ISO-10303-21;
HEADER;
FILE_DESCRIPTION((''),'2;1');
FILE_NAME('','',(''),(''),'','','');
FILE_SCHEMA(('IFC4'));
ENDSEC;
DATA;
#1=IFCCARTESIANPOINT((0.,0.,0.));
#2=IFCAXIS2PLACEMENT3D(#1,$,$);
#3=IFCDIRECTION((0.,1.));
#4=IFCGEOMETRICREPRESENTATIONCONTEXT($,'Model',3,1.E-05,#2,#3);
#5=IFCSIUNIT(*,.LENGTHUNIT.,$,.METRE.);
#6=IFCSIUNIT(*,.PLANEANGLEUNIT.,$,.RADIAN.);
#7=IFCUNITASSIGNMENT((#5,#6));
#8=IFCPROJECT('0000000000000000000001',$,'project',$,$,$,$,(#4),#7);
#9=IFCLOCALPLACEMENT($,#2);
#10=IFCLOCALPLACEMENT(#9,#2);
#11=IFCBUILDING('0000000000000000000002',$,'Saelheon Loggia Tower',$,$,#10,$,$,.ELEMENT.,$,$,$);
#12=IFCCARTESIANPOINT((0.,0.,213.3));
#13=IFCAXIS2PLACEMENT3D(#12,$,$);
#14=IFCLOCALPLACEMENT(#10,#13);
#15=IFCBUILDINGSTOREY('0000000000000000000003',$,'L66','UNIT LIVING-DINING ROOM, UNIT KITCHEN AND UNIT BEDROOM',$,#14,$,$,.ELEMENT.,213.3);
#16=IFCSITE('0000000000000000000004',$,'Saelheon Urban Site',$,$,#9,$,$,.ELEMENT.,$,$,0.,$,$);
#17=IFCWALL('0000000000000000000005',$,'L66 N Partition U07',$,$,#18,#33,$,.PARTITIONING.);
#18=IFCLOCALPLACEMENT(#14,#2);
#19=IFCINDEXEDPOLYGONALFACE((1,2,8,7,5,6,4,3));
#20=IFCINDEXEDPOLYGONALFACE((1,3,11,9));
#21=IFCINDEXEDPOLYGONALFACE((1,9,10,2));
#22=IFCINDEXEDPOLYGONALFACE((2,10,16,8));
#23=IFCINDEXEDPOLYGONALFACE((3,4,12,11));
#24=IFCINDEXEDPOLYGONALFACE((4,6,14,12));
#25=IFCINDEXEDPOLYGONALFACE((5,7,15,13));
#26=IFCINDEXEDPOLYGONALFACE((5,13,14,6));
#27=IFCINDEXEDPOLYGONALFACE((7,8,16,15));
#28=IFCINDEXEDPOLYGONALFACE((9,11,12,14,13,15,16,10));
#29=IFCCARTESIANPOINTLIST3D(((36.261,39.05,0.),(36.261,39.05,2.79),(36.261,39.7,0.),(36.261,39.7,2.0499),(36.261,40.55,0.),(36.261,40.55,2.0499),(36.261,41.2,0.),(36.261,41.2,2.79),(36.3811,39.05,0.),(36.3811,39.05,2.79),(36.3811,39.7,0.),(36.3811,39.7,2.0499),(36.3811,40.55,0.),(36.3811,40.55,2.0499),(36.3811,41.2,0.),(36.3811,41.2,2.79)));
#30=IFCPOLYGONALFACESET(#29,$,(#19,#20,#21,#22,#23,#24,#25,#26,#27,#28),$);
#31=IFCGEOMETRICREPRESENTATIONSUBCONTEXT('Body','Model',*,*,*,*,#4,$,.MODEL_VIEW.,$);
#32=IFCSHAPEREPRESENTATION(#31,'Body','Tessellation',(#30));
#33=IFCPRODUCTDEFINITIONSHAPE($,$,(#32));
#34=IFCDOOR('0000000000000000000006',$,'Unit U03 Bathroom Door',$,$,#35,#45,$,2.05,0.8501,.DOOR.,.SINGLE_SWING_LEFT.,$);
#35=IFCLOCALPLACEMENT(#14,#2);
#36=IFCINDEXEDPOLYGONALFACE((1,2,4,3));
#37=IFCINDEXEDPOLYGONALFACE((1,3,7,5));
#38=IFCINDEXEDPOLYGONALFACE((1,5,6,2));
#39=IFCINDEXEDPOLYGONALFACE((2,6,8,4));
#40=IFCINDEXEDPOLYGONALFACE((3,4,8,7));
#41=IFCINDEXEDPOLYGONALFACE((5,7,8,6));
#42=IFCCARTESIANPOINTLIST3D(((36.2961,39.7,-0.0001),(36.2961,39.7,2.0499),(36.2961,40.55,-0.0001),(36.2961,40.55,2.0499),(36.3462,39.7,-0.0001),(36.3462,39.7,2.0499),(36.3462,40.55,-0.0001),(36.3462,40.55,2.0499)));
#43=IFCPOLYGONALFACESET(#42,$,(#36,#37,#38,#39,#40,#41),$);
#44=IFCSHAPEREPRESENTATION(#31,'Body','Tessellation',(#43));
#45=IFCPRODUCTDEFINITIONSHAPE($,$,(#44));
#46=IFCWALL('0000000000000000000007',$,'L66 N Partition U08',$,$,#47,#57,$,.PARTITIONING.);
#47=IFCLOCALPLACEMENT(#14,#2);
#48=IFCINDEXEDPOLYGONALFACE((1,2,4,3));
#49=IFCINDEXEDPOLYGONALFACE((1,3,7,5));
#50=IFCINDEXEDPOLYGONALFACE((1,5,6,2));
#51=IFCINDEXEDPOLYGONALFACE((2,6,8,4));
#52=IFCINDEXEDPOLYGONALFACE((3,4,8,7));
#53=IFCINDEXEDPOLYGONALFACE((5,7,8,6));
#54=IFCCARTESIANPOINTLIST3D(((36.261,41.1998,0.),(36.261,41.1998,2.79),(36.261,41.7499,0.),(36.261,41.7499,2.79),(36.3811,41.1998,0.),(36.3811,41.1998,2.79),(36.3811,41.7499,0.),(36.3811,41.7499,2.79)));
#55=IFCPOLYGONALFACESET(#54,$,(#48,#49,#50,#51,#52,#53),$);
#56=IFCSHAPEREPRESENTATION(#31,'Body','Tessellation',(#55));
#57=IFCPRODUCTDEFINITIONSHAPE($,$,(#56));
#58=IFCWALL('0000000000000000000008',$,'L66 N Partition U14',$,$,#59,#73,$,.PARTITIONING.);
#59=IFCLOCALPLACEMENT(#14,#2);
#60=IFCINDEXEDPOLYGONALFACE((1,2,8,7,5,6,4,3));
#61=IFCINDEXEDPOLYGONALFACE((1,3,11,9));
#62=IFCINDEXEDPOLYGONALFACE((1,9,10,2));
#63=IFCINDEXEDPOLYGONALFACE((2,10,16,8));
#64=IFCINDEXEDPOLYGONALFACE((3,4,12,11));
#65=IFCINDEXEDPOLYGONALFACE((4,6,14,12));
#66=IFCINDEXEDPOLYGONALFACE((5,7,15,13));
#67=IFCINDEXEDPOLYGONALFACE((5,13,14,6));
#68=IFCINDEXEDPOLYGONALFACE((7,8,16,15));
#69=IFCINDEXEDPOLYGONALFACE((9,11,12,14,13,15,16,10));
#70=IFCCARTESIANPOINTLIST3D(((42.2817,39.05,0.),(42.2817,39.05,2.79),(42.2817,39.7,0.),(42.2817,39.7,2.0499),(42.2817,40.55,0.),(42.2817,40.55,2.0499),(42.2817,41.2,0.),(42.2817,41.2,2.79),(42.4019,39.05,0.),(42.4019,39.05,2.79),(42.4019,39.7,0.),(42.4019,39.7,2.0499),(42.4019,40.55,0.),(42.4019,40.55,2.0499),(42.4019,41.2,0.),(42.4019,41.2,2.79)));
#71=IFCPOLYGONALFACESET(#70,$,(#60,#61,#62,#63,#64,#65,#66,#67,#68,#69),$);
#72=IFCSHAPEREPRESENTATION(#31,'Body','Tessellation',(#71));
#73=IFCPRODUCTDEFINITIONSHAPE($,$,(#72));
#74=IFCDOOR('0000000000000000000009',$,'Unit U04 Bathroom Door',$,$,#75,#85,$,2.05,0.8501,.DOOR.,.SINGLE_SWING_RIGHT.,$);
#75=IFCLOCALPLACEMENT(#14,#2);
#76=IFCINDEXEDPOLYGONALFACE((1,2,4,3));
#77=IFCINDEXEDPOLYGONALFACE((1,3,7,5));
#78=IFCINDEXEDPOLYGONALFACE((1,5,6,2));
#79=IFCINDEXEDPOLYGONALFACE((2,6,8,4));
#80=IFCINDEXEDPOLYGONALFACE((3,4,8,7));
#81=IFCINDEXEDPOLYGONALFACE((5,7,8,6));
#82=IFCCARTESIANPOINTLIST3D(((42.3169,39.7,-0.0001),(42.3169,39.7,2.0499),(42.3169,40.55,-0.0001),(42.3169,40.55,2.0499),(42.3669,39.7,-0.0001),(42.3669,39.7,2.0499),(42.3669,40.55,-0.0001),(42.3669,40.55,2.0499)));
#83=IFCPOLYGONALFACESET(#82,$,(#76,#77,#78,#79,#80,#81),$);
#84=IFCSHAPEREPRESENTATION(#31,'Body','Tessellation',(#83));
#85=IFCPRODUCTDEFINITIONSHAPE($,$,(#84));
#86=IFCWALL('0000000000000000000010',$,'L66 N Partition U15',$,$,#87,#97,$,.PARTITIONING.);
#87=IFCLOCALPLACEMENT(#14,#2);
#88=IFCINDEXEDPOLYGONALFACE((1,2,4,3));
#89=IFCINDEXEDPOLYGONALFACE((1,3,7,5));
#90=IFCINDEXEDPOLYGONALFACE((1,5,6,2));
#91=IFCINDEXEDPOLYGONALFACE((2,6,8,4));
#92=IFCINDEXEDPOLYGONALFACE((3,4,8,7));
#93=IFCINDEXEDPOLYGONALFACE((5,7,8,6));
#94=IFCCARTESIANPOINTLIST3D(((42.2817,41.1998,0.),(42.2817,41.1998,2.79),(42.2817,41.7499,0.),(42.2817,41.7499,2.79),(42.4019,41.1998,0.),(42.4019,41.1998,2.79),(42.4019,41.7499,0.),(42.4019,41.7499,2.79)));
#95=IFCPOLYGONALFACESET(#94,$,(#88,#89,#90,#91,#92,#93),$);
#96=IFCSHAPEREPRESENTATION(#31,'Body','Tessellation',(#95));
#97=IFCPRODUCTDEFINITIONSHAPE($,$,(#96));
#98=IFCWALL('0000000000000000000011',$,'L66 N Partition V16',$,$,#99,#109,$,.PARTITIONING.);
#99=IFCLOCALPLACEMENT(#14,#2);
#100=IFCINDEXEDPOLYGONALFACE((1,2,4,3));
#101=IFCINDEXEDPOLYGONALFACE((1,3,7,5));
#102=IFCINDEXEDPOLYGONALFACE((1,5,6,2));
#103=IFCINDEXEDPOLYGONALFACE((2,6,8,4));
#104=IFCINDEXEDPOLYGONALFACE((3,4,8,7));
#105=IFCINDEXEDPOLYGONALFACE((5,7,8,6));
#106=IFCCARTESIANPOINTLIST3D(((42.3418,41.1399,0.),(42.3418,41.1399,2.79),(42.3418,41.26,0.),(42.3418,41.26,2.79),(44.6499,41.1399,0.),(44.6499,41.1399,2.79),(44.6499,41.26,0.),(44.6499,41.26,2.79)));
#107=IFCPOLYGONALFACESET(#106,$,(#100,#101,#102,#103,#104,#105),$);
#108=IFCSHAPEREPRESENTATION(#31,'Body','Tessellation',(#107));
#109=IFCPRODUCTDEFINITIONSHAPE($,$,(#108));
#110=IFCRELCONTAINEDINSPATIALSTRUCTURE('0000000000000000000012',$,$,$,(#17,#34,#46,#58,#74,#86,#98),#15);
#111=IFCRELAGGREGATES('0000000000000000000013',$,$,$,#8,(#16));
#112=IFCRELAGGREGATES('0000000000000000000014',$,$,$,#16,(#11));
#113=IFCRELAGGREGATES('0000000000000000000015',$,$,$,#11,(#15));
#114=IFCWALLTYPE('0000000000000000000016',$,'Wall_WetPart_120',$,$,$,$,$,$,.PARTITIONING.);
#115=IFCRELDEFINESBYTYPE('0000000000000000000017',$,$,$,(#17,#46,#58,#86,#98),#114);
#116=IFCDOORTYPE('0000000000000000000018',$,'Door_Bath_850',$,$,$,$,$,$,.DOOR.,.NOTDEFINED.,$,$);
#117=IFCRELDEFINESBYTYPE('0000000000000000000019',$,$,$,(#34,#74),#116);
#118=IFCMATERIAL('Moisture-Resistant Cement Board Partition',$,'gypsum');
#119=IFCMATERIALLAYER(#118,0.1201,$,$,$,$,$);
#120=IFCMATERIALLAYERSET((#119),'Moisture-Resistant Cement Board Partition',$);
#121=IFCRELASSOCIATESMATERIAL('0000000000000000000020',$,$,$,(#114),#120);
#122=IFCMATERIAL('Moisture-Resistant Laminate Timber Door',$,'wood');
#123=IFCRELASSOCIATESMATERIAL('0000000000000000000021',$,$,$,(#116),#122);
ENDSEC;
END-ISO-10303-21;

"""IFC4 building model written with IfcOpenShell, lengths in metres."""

from ifc_helpers import new_model, si_unit, direction, frame, frame_2d, origin, place, context, subcontext, project, spatial, rectangle, extrude, source, transform, mapped, material, layer, layer_set, type_object, element, fill, save


model = new_model("IFC4")

# Units and contexts
model_context = context("Model", 3, precision=1e-05, world=origin(), true_north=direction((0.0, 1.0)))
body_context = subcontext(model_context, "Body", "Model", "MODEL_VIEW")
ifc_project = project(units=[si_unit("LENGTHUNIT", "METRE"), si_unit("PLANEANGLEUNIT", "RADIAN")], contexts=[model_context])

# Site, building, storey
site_placement = place(None, origin())
site = spatial("IfcSite", under=ifc_project, at=site_placement, Name="Saelheon Urban Site", CompositionType="ELEMENT", RefElevation=0.0)
building_placement = place(site_placement, origin())
building = spatial("IfcBuilding", under=site, at=building_placement, Name="Saelheon Loggia Tower", CompositionType="ELEMENT")
storey_placement = place(building_placement, frame((0.0, 0.0, 213.3)))
storey = spatial("IfcBuildingStorey", under=building, at=storey_placement, Name="L66", Description="UNIT LIVING-DINING ROOM, UNIT KITCHEN AND UNIT BEDROOM", CompositionType="ELEMENT", Elevation=213.3)

# Wall, opening, door
ifc_material_1 = material(Name="Moisture-Resistant Cement Board Partition", Category="gypsum")
ifc_layer_1 = layer(ifc_material_1, 0.1201)
ifc_layer_set_1 = layer_set([ifc_layer_1], Name="Moisture-Resistant Cement Board Partition")
wall_type_1 = type_object("IfcWallType", Name="Wall_WetPart_120", PredefinedType="PARTITIONING", material=ifc_layer_set_1)
wall_1_placement = place(storey_placement, frame((36.321, 39.05, 0.0), z_axis=(0.0, 0.0, 1.0), x_axis=(0.0, 1.0, 0.0)))
wall_1 = element("IfcWall", 1, at=wall_1_placement, inside=storey, type_object=wall_type_1, Name="L66 N Partition U07", PredefinedType="PARTITIONING", context=body_context, shape_type="SweptSolid", body=[
    extrude(rectangle(XDim=2.1499, YDim=0.1201, at=frame_2d((1.075, 0.0))), origin(), (0.0, 0.0, 1.0), 2.79),
])
opening_1_placement = place(wall_1_placement, frame((0.6499, 0.0, 0.0)))
opening_1 = element("IfcOpeningElement", 2, at=opening_1_placement, cuts=wall_1, PredefinedType="OPENING", context=body_context, shape_type="SweptSolid", body=[
    extrude(rectangle(XDim=0.8501, YDim=2.05, at=frame_2d((0.425, 1.0249))), frame((0.0, 0.072, 0.0), z_axis=(0.0, -1.0, 0.0), x_axis=(1.0, 0.0, 0.0)), (0.0, 0.0, 1.0), 0.144),
])
ifc_material_2 = material(Name="Moisture-Resistant Laminate Timber Door", Category="wood")
door_type_1 = type_object("IfcDoorType", Name="Door_Bath_850", OperationType="NOTDEFINED", PredefinedType="DOOR", material=ifc_material_2)
shared_shape_1 = source(origin(), body_context, "Body", "SweptSolid", [
    extrude(rectangle(XDim=0.8501, YDim=2.05, at=frame_2d((0.425, 1.0249))), frame((0.0, 0.0249, 0.0), z_axis=(0.0, -1.0, 0.0), x_axis=(1.0, 0.0, 0.0)), (0.0, 0.0, 1.0), 0.05),
])
door_1_placement = place(opening_1_placement, origin())
door_1 = element("IfcDoor", 3, at=door_1_placement, inside=storey, type_object=door_type_1, Name="Unit U03 Bathroom Door", OperationType="SINGLE_SWING_LEFT", OverallHeight=2.05, OverallWidth=0.8501, PredefinedType="DOOR", context=body_context, shape_type="MappedRepresentation", body=[
    mapped(shared_shape_1, transform((0.0, 0.0, 0.0), scale=1.0)),
])
fill(opening_1, door_1)

# Wall
wall_2_placement = place(storey_placement, frame((36.321, 41.2, 0.0), z_axis=(0.0, 0.0, 1.0), x_axis=(0.0, 1.0, 0.0)))
element("IfcWall", 4, at=wall_2_placement, inside=storey, type_object=wall_type_1, Name="L66 N Partition U08", PredefinedType="PARTITIONING", context=body_context, shape_type="SweptSolid", body=[
    extrude(rectangle(XDim=0.55, YDim=0.1201, at=frame_2d((0.2749, 0.0))), origin(), (0.0, 0.0, 1.0), 2.79),
])

# Wall, opening, door
wall_3_placement = place(storey_placement, frame((42.3418, 39.05, 0.0), z_axis=(0.0, 0.0, 1.0), x_axis=(0.0, 1.0, 0.0)))
wall_3 = element("IfcWall", 5, at=wall_3_placement, inside=storey, type_object=wall_type_1, Name="L66 N Partition U14", PredefinedType="PARTITIONING", context=body_context, shape_type="SweptSolid", body=[
    extrude(rectangle(XDim=2.1499, YDim=0.1201, at=frame_2d((1.075, 0.0))), origin(), (0.0, 0.0, 1.0), 2.79),
])
opening_2_placement = place(wall_3_placement, frame((0.6499, 0.0, 0.0)))
opening_2 = element("IfcOpeningElement", 6, at=opening_2_placement, cuts=wall_3, PredefinedType="OPENING", context=body_context, shape_type="SweptSolid", body=[
    extrude(rectangle(XDim=0.8501, YDim=2.05, at=frame_2d((0.425, 1.0249))), frame((0.0, 0.072, 0.0), z_axis=(0.0, -1.0, 0.0), x_axis=(1.0, 0.0, 0.0)), (0.0, 0.0, 1.0), 0.144),
])
door_2_placement = place(opening_2_placement, origin())
door_2 = element("IfcDoor", 7, at=door_2_placement, inside=storey, type_object=door_type_1, Name="Unit U04 Bathroom Door", OperationType="SINGLE_SWING_RIGHT", OverallHeight=2.05, OverallWidth=0.8501, PredefinedType="DOOR", context=body_context, shape_type="MappedRepresentation", body=[
    mapped(shared_shape_1, transform((0.0, 0.0, 0.0), scale=1.0)),
])
fill(opening_2, door_2)

# Walls
wall_4_placement = place(storey_placement, frame((42.3418, 41.2, 0.0), z_axis=(0.0, 0.0, 1.0), x_axis=(0.0, 1.0, 0.0)))
element("IfcWall", 8, at=wall_4_placement, inside=storey, type_object=wall_type_1, Name="L66 N Partition U15", PredefinedType="PARTITIONING", context=body_context, shape_type="SweptSolid", body=[
    extrude(rectangle(XDim=0.55, YDim=0.1201, at=frame_2d((0.2749, 0.0))), origin(), (0.0, 0.0, 1.0), 2.79),
])
wall_5_placement = place(storey_placement, frame((42.3418, 41.2, 0.0), z_axis=(0.0, 0.0, 1.0), x_axis=(1.0, 0.0, 0.0)))
element("IfcWall", 9, at=wall_5_placement, inside=storey, type_object=wall_type_1, Name="L66 N Partition V16", PredefinedType="PARTITIONING", context=body_context, shape_type="SweptSolid", body=[
    extrude(rectangle(XDim=2.3081, YDim=0.1201, at=frame_2d((1.1541, 0.0))), origin(), (0.0, 0.0, 1.0), 2.79),
])

save(model, "model.ifc")
